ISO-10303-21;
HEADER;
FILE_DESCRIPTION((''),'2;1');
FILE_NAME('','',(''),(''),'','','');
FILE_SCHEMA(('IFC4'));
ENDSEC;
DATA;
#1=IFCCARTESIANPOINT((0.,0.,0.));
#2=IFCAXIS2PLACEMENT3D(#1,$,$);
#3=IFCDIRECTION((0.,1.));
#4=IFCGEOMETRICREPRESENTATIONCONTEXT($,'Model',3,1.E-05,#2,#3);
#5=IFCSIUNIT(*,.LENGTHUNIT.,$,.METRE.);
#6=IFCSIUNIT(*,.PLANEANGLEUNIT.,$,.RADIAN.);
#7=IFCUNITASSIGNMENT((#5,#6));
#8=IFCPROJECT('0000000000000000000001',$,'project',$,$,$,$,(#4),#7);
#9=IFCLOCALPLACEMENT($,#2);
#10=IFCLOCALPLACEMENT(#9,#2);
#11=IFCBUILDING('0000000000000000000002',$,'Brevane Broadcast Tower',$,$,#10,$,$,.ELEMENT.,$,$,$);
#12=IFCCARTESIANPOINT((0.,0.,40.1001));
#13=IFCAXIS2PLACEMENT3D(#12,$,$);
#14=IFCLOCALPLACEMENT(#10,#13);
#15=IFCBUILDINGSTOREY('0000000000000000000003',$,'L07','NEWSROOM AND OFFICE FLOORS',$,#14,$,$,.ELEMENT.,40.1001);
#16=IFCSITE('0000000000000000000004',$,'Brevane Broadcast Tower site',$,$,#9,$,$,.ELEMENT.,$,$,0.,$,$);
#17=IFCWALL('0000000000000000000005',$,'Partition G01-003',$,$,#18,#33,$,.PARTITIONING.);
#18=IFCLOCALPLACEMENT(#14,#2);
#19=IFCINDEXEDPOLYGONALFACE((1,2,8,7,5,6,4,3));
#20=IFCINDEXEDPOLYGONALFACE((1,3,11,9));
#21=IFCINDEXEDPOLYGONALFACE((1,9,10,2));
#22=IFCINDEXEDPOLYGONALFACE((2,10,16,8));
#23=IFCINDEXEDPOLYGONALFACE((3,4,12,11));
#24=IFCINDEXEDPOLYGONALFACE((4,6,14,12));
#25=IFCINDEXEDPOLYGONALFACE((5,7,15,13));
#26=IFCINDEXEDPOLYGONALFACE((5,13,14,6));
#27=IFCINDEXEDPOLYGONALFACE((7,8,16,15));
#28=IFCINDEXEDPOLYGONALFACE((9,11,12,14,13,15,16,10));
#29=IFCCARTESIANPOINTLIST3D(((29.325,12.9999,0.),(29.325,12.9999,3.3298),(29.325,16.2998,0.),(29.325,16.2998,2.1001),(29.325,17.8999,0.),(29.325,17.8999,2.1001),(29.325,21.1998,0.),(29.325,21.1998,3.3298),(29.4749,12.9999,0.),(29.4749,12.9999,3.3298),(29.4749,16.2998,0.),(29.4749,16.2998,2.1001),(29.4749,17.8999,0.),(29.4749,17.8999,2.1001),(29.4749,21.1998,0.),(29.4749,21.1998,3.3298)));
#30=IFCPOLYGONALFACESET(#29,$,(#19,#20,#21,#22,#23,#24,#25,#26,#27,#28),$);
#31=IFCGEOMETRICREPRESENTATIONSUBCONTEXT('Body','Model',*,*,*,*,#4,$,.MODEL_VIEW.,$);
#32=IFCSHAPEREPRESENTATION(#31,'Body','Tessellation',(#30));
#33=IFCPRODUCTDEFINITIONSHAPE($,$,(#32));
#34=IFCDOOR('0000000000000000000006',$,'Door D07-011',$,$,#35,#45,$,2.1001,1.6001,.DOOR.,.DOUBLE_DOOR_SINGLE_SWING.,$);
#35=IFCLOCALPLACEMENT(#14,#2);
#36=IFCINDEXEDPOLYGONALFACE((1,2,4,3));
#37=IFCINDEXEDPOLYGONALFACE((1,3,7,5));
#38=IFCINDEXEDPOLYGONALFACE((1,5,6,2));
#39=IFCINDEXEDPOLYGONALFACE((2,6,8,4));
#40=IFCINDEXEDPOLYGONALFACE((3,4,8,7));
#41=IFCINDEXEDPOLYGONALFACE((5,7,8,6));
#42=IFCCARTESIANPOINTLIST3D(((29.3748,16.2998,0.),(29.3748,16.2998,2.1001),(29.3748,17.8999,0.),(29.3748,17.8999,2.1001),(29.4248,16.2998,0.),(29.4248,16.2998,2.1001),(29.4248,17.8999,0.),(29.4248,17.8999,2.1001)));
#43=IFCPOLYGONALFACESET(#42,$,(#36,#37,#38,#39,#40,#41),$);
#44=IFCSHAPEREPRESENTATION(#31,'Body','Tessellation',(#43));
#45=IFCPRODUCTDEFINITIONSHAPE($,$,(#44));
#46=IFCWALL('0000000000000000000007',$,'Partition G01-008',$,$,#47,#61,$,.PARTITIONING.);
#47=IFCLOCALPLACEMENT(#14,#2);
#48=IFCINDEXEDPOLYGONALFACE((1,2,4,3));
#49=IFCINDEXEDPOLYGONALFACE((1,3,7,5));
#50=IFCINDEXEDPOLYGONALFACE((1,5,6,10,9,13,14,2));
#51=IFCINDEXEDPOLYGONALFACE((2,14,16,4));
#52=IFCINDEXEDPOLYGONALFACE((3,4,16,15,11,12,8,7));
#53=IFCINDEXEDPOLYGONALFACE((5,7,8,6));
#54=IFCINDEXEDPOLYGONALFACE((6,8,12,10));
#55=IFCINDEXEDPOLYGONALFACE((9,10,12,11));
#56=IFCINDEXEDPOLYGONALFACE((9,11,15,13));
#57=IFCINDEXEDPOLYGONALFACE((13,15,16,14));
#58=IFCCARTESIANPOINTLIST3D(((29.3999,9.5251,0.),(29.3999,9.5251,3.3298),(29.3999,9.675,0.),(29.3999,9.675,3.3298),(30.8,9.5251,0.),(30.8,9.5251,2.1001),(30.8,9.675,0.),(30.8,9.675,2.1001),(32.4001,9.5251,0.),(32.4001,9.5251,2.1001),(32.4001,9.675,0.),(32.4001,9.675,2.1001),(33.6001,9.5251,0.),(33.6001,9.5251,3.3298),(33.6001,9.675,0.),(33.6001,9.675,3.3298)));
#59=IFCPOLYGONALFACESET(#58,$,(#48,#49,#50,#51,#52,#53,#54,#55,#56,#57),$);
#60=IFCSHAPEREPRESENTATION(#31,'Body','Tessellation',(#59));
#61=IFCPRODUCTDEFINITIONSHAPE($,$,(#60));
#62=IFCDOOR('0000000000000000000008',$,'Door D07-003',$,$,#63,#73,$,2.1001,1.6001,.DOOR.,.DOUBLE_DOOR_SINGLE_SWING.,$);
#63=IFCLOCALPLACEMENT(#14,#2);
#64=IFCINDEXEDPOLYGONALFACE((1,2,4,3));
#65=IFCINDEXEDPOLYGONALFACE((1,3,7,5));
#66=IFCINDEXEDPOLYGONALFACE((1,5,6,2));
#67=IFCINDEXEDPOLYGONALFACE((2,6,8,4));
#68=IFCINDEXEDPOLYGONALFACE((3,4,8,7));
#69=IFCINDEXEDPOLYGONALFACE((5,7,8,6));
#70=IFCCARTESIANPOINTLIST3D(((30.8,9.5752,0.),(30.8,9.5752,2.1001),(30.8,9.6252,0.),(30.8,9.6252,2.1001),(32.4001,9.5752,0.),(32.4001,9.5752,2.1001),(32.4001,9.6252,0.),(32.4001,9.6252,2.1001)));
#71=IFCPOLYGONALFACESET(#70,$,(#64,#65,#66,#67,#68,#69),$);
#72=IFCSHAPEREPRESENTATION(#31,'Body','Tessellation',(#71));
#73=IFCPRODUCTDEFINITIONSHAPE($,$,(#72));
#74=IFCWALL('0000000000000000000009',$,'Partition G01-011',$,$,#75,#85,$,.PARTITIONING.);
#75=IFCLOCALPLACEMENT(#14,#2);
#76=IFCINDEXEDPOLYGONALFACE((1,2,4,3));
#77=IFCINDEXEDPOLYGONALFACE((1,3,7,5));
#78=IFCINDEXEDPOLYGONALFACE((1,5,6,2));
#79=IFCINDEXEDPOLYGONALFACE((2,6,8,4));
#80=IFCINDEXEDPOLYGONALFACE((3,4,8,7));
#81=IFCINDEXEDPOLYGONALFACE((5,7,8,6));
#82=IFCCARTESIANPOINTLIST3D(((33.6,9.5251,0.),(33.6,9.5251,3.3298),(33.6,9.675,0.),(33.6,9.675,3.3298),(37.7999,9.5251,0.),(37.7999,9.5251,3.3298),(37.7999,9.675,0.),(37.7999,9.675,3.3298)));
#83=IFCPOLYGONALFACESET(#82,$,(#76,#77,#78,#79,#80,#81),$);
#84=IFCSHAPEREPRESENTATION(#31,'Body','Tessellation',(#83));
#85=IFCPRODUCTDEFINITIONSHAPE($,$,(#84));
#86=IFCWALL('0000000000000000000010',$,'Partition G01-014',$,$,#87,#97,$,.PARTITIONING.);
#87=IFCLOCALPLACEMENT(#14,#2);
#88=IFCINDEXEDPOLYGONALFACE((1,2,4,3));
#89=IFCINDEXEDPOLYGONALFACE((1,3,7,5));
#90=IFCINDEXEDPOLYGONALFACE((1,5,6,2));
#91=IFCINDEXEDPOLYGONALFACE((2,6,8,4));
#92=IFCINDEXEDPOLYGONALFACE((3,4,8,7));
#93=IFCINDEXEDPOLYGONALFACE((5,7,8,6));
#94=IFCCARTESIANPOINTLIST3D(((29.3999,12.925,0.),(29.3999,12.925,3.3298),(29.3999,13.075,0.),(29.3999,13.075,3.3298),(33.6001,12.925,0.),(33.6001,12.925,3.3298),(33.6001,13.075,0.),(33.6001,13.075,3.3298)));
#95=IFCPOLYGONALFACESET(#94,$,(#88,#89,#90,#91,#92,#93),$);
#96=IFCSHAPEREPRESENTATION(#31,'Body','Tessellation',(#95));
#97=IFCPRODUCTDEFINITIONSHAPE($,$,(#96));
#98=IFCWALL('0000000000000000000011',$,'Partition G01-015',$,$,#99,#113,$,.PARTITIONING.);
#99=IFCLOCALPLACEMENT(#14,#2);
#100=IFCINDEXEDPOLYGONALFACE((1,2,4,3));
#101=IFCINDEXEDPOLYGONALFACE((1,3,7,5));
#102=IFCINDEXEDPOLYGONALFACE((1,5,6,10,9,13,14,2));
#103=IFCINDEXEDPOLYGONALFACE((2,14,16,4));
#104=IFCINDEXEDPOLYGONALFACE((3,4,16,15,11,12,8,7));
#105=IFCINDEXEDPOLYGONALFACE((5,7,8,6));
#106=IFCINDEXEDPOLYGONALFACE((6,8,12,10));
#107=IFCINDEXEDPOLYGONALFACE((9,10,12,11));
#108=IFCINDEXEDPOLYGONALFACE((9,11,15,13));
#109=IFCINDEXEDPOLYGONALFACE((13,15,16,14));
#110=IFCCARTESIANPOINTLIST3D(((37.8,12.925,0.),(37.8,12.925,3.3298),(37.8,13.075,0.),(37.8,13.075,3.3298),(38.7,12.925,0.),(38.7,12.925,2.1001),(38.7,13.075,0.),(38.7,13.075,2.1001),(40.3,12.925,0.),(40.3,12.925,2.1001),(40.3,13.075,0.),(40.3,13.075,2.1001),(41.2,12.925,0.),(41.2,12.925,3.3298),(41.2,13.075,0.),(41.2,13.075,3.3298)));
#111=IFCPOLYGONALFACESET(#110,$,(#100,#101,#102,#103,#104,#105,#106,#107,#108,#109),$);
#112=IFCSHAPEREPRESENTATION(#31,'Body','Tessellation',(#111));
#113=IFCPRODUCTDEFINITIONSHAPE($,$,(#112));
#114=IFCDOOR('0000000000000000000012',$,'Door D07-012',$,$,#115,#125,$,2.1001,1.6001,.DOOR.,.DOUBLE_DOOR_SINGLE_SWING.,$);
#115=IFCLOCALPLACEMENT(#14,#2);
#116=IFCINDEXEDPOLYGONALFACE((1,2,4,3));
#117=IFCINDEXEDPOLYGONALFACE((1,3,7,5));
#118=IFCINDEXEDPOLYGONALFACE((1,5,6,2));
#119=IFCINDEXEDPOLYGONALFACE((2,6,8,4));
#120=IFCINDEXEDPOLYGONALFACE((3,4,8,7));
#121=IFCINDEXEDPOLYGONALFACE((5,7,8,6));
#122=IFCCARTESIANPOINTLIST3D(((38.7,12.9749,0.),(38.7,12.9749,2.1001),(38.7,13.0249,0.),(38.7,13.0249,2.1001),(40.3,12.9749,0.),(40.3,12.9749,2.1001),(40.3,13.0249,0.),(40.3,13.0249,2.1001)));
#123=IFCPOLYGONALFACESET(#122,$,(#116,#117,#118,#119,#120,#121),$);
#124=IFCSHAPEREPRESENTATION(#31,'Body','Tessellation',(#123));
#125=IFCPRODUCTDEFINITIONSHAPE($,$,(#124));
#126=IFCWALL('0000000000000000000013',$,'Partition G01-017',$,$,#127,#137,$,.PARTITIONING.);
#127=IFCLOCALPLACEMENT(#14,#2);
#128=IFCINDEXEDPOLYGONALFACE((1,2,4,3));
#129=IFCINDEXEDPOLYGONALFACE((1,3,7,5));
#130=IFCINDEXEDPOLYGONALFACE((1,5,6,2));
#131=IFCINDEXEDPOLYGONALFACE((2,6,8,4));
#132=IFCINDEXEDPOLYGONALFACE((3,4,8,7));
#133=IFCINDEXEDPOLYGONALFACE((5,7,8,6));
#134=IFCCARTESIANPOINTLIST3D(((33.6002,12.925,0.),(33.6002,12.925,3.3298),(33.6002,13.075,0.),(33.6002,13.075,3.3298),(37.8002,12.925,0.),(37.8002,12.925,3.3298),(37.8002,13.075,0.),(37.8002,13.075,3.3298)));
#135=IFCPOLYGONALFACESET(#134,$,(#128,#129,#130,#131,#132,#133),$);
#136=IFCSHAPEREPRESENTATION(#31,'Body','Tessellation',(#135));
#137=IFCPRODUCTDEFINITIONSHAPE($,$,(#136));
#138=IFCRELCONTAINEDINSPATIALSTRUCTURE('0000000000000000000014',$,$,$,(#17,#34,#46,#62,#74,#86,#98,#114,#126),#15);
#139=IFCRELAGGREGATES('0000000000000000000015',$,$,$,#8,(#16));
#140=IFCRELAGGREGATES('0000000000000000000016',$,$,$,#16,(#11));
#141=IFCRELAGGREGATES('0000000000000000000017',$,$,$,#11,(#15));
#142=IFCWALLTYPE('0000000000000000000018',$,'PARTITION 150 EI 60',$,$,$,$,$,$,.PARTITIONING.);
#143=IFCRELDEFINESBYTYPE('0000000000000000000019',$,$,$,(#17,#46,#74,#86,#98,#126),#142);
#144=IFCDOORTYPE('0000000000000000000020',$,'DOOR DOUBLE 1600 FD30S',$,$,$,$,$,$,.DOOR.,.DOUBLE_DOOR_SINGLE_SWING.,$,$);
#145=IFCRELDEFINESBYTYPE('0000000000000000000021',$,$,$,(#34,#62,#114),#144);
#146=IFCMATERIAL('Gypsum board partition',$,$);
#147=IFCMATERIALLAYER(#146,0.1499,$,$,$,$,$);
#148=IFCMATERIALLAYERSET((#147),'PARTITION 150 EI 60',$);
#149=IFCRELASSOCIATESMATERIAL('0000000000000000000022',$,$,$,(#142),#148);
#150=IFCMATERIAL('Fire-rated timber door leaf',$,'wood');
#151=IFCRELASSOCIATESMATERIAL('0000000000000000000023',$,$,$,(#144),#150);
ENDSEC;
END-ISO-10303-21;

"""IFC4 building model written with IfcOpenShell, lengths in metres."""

from ifc_helpers import new_model, si_unit, direction, frame, frame_2d, origin, place, context, subcontext, project, spatial, rectangle, extrude, material, layer, layer_set, type_object, element, fill, save


model = new_model("IFC4")

# Units and contexts
model_context = context("Model", 3, precision=1e-05, world=origin(), true_north=direction((0.0, 1.0)))
body_context = subcontext(model_context, "Body", "Model", "MODEL_VIEW")
ifc_project = project(units=[si_unit("LENGTHUNIT", "METRE"), si_unit("PLANEANGLEUNIT", "RADIAN")], contexts=[model_context])

# Site, building, storey
site_placement = place(None, origin())
site = spatial("IfcSite", under=ifc_project, at=site_placement, Name="Brevane Broadcast Tower site", CompositionType="ELEMENT", RefElevation=0.0)
building_placement = place(site_placement, origin())
building = spatial("IfcBuilding", under=site, at=building_placement, Name="Brevane Broadcast Tower", CompositionType="ELEMENT")
storey_placement = place(building_placement, frame((0.0, 0.0, 40.1001)))
storey = spatial("IfcBuildingStorey", under=building, at=storey_placement, Name="L07", Description="NEWSROOM AND OFFICE FLOORS", CompositionType="ELEMENT", Elevation=40.1001)

# Shared definitions
ifc_material_1 = material(Name="Gypsum board partition")

# Shared definitions
ifc_layer_1 = layer(ifc_material_1, 0.1499)
ifc_layer_set_1 = layer_set([ifc_layer_1], Name="PARTITION 150 EI 60")
wall_type_1 = type_object("IfcWallType", Name="PARTITION 150 EI 60", PredefinedType="PARTITIONING", material=ifc_layer_set_1)

# Walls, openings, doors
wall_1_placement = place(storey_placement, frame((29.3999, 21.2, 0.0), z_axis=(0.0, 0.0, 1.0), x_axis=(0.0, -1.0, 0.0)))
wall_1 = element("IfcWall", 1, at=wall_1_placement, inside=storey, type_object=wall_type_1, Name="Partition G01-003", PredefinedType="PARTITIONING", context=body_context, shape_type="SweptSolid", body=[
    extrude(rectangle(XDim=8.2, YDim=0.1499, at=frame_2d((4.1001, 0.0))), origin(), (0.0, 0.0, 1.0), 3.3298),
])
opening_1_placement = place(wall_1_placement, frame((3.3, 0.0, 0.0)))
opening_1 = element("IfcOpeningElement", 2, at=opening_1_placement, cuts=wall_1, PredefinedType="OPENING", context=body_context, shape_type="SweptSolid", body=[
    extrude(rectangle(XDim=1.6001, YDim=2.1001, at=frame_2d((0.8, 1.05))), frame((0.0, 0.085, 0.0), z_axis=(0.0, -1.0, 0.0), x_axis=(1.0, 0.0, 0.0)), (0.0, 0.0, 1.0), 0.1699),
])
ifc_material_2 = material(Name="Fire-rated timber door leaf", Category="wood")
door_type_1 = type_object("IfcDoorType", Name="DOOR DOUBLE 1600 FD30S", OperationType="DOUBLE_DOOR_SINGLE_SWING", PredefinedType="DOOR", material=ifc_material_2)
door_1_placement = place(opening_1_placement, origin())
door_1 = element("IfcDoor", 3, at=door_1_placement, inside=storey, type_object=door_type_1, Name="Door D07-011", OperationType="DOUBLE_DOOR_SINGLE_SWING", OverallHeight=2.1001, OverallWidth=1.6001, PredefinedType="DOOR", context=body_context, shape_type="SweptSolid", body=[
    extrude(rectangle(XDim=1.6001, YDim=2.1001, at=frame_2d((0.8, 1.05))), frame((0.0, 0.0249, 0.0), z_axis=(0.0, -1.0, 0.0), x_axis=(1.0, 0.0, 0.0)), (0.0, 0.0, 1.0), 0.05),
])
fill(opening_1, door_1)
wall_2_placement = place(storey_placement, frame((33.6001, 9.6001, 0.0), z_axis=(0.0, 0.0, 1.0), x_axis=(-1.0, 0.0, 0.0)))
wall_2 = element("IfcWall", 4, at=wall_2_placement, inside=storey, type_object=wall_type_1, Name="Partition G01-008", PredefinedType="PARTITIONING", context=body_context, shape_type="SweptSolid", body=[
    extrude(rectangle(XDim=4.2002, YDim=0.1499, at=frame_2d((2.1001, 0.0))), origin(), (0.0, 0.0, 1.0), 3.3298),
])
opening_2_placement = place(wall_2_placement, frame((1.2, 0.0, 0.0)))
opening_2 = element("IfcOpeningElement", 5, at=opening_2_placement, cuts=wall_2, PredefinedType="OPENING", context=body_context, shape_type="SweptSolid", body=[
    extrude(rectangle(XDim=1.6001, YDim=2.1001, at=frame_2d((0.8, 1.05))), frame((0.0, 0.085, 0.0), z_axis=(0.0, -1.0, 0.0), x_axis=(1.0, 0.0, 0.0)), (0.0, 0.0, 1.0), 0.1699),
])
door_2_placement = place(opening_2_placement, origin())
door_2 = element("IfcDoor", 6, at=door_2_placement, inside=storey, type_object=door_type_1, Name="Door D07-003", OperationType="DOUBLE_DOOR_SINGLE_SWING", OverallHeight=2.1001, OverallWidth=1.6001, PredefinedType="DOOR", context=body_context, shape_type="SweptSolid", body=[
    extrude(rectangle(XDim=1.6001, YDim=2.1001, at=frame_2d((0.8, 1.05))), frame((0.0, 0.0249, 0.0), z_axis=(0.0, -1.0, 0.0), x_axis=(1.0, 0.0, 0.0)), (0.0, 0.0, 1.0), 0.05),
])
fill(opening_2, door_2)

# Walls
wall_3_placement = place(storey_placement, frame((37.8, 9.6001, 0.0), z_axis=(0.0, 0.0, 1.0), x_axis=(-1.0, 0.0, 0.0)))
element("IfcWall", 7, at=wall_3_placement, inside=storey, type_object=wall_type_1, Name="Partition G01-011", PredefinedType="PARTITIONING", context=body_context, shape_type="SweptSolid", body=[
    extrude(rectangle(XDim=4.2, YDim=0.1499, at=frame_2d((2.1001, 0.0))), origin(), (0.0, 0.0, 1.0), 3.3298),
])
wall_4_placement = place(storey_placement, frame((29.3999, 13.0, 0.0), z_axis=(0.0, 0.0, 1.0), x_axis=(1.0, 0.0, 0.0)))
element("IfcWall", 8, at=wall_4_placement, inside=storey, type_object=wall_type_1, Name="Partition G01-014", PredefinedType="PARTITIONING", context=body_context, shape_type="SweptSolid", body=[
    extrude(rectangle(XDim=4.2002, YDim=0.1499, at=frame_2d((2.1001, 0.0))), origin(), (0.0, 0.0, 1.0), 3.3298),
])

# Wall, opening, door
wall_5_placement = place(storey_placement, frame((37.8, 13.0, 0.0), z_axis=(0.0, 0.0, 1.0), x_axis=(1.0, 0.0, 0.0)))
wall_5 = element("IfcWall", 9, at=wall_5_placement, inside=storey, type_object=wall_type_1, Name="Partition G01-015", PredefinedType="PARTITIONING", context=body_context, shape_type="SweptSolid", body=[
    extrude(rectangle(XDim=3.3999, YDim=0.1499, at=frame_2d((1.7, 0.0))), origin(), (0.0, 0.0, 1.0), 3.3298),
])
opening_3_placement = place(wall_5_placement, frame((0.8999, 0.0, 0.0)))
opening_3 = element("IfcOpeningElement", 10, at=opening_3_placement, cuts=wall_5, PredefinedType="OPENING", context=body_context, shape_type="SweptSolid", body=[
    extrude(rectangle(XDim=1.6001, YDim=2.1001, at=frame_2d((0.8, 1.05))), frame((0.0, 0.085, 0.0), z_axis=(0.0, -1.0, 0.0), x_axis=(1.0, 0.0, 0.0)), (0.0, 0.0, 1.0), 0.1699),
])
door_3_placement = place(opening_3_placement, origin())
door_3 = element("IfcDoor", 11, at=door_3_placement, inside=storey, type_object=door_type_1, Name="Door D07-012", OperationType="DOUBLE_DOOR_SINGLE_SWING", OverallHeight=2.1001, OverallWidth=1.6001, PredefinedType="DOOR", context=body_context, shape_type="SweptSolid", body=[
    extrude(rectangle(XDim=1.6001, YDim=2.1001, at=frame_2d((0.8, 1.05))), frame((0.0, 0.0249, 0.0), z_axis=(0.0, -1.0, 0.0), x_axis=(1.0, 0.0, 0.0)), (0.0, 0.0, 1.0), 0.05),
])
fill(opening_3, door_3)

# Wall
wall_6_placement = place(storey_placement, frame((33.6001, 13.0, 0.0), z_axis=(0.0, 0.0, 1.0), x_axis=(1.0, 0.0, 0.0)))
element("IfcWall", 12, at=wall_6_placement, inside=storey, type_object=wall_type_1, Name="Partition G01-017", PredefinedType="PARTITIONING", context=body_context, shape_type="SweptSolid", body=[
    extrude(rectangle(XDim=4.2, YDim=0.1499, at=frame_2d((2.1001, 0.0))), origin(), (0.0, 0.0, 1.0), 3.3298),
])

save(model, "model.ifc")
